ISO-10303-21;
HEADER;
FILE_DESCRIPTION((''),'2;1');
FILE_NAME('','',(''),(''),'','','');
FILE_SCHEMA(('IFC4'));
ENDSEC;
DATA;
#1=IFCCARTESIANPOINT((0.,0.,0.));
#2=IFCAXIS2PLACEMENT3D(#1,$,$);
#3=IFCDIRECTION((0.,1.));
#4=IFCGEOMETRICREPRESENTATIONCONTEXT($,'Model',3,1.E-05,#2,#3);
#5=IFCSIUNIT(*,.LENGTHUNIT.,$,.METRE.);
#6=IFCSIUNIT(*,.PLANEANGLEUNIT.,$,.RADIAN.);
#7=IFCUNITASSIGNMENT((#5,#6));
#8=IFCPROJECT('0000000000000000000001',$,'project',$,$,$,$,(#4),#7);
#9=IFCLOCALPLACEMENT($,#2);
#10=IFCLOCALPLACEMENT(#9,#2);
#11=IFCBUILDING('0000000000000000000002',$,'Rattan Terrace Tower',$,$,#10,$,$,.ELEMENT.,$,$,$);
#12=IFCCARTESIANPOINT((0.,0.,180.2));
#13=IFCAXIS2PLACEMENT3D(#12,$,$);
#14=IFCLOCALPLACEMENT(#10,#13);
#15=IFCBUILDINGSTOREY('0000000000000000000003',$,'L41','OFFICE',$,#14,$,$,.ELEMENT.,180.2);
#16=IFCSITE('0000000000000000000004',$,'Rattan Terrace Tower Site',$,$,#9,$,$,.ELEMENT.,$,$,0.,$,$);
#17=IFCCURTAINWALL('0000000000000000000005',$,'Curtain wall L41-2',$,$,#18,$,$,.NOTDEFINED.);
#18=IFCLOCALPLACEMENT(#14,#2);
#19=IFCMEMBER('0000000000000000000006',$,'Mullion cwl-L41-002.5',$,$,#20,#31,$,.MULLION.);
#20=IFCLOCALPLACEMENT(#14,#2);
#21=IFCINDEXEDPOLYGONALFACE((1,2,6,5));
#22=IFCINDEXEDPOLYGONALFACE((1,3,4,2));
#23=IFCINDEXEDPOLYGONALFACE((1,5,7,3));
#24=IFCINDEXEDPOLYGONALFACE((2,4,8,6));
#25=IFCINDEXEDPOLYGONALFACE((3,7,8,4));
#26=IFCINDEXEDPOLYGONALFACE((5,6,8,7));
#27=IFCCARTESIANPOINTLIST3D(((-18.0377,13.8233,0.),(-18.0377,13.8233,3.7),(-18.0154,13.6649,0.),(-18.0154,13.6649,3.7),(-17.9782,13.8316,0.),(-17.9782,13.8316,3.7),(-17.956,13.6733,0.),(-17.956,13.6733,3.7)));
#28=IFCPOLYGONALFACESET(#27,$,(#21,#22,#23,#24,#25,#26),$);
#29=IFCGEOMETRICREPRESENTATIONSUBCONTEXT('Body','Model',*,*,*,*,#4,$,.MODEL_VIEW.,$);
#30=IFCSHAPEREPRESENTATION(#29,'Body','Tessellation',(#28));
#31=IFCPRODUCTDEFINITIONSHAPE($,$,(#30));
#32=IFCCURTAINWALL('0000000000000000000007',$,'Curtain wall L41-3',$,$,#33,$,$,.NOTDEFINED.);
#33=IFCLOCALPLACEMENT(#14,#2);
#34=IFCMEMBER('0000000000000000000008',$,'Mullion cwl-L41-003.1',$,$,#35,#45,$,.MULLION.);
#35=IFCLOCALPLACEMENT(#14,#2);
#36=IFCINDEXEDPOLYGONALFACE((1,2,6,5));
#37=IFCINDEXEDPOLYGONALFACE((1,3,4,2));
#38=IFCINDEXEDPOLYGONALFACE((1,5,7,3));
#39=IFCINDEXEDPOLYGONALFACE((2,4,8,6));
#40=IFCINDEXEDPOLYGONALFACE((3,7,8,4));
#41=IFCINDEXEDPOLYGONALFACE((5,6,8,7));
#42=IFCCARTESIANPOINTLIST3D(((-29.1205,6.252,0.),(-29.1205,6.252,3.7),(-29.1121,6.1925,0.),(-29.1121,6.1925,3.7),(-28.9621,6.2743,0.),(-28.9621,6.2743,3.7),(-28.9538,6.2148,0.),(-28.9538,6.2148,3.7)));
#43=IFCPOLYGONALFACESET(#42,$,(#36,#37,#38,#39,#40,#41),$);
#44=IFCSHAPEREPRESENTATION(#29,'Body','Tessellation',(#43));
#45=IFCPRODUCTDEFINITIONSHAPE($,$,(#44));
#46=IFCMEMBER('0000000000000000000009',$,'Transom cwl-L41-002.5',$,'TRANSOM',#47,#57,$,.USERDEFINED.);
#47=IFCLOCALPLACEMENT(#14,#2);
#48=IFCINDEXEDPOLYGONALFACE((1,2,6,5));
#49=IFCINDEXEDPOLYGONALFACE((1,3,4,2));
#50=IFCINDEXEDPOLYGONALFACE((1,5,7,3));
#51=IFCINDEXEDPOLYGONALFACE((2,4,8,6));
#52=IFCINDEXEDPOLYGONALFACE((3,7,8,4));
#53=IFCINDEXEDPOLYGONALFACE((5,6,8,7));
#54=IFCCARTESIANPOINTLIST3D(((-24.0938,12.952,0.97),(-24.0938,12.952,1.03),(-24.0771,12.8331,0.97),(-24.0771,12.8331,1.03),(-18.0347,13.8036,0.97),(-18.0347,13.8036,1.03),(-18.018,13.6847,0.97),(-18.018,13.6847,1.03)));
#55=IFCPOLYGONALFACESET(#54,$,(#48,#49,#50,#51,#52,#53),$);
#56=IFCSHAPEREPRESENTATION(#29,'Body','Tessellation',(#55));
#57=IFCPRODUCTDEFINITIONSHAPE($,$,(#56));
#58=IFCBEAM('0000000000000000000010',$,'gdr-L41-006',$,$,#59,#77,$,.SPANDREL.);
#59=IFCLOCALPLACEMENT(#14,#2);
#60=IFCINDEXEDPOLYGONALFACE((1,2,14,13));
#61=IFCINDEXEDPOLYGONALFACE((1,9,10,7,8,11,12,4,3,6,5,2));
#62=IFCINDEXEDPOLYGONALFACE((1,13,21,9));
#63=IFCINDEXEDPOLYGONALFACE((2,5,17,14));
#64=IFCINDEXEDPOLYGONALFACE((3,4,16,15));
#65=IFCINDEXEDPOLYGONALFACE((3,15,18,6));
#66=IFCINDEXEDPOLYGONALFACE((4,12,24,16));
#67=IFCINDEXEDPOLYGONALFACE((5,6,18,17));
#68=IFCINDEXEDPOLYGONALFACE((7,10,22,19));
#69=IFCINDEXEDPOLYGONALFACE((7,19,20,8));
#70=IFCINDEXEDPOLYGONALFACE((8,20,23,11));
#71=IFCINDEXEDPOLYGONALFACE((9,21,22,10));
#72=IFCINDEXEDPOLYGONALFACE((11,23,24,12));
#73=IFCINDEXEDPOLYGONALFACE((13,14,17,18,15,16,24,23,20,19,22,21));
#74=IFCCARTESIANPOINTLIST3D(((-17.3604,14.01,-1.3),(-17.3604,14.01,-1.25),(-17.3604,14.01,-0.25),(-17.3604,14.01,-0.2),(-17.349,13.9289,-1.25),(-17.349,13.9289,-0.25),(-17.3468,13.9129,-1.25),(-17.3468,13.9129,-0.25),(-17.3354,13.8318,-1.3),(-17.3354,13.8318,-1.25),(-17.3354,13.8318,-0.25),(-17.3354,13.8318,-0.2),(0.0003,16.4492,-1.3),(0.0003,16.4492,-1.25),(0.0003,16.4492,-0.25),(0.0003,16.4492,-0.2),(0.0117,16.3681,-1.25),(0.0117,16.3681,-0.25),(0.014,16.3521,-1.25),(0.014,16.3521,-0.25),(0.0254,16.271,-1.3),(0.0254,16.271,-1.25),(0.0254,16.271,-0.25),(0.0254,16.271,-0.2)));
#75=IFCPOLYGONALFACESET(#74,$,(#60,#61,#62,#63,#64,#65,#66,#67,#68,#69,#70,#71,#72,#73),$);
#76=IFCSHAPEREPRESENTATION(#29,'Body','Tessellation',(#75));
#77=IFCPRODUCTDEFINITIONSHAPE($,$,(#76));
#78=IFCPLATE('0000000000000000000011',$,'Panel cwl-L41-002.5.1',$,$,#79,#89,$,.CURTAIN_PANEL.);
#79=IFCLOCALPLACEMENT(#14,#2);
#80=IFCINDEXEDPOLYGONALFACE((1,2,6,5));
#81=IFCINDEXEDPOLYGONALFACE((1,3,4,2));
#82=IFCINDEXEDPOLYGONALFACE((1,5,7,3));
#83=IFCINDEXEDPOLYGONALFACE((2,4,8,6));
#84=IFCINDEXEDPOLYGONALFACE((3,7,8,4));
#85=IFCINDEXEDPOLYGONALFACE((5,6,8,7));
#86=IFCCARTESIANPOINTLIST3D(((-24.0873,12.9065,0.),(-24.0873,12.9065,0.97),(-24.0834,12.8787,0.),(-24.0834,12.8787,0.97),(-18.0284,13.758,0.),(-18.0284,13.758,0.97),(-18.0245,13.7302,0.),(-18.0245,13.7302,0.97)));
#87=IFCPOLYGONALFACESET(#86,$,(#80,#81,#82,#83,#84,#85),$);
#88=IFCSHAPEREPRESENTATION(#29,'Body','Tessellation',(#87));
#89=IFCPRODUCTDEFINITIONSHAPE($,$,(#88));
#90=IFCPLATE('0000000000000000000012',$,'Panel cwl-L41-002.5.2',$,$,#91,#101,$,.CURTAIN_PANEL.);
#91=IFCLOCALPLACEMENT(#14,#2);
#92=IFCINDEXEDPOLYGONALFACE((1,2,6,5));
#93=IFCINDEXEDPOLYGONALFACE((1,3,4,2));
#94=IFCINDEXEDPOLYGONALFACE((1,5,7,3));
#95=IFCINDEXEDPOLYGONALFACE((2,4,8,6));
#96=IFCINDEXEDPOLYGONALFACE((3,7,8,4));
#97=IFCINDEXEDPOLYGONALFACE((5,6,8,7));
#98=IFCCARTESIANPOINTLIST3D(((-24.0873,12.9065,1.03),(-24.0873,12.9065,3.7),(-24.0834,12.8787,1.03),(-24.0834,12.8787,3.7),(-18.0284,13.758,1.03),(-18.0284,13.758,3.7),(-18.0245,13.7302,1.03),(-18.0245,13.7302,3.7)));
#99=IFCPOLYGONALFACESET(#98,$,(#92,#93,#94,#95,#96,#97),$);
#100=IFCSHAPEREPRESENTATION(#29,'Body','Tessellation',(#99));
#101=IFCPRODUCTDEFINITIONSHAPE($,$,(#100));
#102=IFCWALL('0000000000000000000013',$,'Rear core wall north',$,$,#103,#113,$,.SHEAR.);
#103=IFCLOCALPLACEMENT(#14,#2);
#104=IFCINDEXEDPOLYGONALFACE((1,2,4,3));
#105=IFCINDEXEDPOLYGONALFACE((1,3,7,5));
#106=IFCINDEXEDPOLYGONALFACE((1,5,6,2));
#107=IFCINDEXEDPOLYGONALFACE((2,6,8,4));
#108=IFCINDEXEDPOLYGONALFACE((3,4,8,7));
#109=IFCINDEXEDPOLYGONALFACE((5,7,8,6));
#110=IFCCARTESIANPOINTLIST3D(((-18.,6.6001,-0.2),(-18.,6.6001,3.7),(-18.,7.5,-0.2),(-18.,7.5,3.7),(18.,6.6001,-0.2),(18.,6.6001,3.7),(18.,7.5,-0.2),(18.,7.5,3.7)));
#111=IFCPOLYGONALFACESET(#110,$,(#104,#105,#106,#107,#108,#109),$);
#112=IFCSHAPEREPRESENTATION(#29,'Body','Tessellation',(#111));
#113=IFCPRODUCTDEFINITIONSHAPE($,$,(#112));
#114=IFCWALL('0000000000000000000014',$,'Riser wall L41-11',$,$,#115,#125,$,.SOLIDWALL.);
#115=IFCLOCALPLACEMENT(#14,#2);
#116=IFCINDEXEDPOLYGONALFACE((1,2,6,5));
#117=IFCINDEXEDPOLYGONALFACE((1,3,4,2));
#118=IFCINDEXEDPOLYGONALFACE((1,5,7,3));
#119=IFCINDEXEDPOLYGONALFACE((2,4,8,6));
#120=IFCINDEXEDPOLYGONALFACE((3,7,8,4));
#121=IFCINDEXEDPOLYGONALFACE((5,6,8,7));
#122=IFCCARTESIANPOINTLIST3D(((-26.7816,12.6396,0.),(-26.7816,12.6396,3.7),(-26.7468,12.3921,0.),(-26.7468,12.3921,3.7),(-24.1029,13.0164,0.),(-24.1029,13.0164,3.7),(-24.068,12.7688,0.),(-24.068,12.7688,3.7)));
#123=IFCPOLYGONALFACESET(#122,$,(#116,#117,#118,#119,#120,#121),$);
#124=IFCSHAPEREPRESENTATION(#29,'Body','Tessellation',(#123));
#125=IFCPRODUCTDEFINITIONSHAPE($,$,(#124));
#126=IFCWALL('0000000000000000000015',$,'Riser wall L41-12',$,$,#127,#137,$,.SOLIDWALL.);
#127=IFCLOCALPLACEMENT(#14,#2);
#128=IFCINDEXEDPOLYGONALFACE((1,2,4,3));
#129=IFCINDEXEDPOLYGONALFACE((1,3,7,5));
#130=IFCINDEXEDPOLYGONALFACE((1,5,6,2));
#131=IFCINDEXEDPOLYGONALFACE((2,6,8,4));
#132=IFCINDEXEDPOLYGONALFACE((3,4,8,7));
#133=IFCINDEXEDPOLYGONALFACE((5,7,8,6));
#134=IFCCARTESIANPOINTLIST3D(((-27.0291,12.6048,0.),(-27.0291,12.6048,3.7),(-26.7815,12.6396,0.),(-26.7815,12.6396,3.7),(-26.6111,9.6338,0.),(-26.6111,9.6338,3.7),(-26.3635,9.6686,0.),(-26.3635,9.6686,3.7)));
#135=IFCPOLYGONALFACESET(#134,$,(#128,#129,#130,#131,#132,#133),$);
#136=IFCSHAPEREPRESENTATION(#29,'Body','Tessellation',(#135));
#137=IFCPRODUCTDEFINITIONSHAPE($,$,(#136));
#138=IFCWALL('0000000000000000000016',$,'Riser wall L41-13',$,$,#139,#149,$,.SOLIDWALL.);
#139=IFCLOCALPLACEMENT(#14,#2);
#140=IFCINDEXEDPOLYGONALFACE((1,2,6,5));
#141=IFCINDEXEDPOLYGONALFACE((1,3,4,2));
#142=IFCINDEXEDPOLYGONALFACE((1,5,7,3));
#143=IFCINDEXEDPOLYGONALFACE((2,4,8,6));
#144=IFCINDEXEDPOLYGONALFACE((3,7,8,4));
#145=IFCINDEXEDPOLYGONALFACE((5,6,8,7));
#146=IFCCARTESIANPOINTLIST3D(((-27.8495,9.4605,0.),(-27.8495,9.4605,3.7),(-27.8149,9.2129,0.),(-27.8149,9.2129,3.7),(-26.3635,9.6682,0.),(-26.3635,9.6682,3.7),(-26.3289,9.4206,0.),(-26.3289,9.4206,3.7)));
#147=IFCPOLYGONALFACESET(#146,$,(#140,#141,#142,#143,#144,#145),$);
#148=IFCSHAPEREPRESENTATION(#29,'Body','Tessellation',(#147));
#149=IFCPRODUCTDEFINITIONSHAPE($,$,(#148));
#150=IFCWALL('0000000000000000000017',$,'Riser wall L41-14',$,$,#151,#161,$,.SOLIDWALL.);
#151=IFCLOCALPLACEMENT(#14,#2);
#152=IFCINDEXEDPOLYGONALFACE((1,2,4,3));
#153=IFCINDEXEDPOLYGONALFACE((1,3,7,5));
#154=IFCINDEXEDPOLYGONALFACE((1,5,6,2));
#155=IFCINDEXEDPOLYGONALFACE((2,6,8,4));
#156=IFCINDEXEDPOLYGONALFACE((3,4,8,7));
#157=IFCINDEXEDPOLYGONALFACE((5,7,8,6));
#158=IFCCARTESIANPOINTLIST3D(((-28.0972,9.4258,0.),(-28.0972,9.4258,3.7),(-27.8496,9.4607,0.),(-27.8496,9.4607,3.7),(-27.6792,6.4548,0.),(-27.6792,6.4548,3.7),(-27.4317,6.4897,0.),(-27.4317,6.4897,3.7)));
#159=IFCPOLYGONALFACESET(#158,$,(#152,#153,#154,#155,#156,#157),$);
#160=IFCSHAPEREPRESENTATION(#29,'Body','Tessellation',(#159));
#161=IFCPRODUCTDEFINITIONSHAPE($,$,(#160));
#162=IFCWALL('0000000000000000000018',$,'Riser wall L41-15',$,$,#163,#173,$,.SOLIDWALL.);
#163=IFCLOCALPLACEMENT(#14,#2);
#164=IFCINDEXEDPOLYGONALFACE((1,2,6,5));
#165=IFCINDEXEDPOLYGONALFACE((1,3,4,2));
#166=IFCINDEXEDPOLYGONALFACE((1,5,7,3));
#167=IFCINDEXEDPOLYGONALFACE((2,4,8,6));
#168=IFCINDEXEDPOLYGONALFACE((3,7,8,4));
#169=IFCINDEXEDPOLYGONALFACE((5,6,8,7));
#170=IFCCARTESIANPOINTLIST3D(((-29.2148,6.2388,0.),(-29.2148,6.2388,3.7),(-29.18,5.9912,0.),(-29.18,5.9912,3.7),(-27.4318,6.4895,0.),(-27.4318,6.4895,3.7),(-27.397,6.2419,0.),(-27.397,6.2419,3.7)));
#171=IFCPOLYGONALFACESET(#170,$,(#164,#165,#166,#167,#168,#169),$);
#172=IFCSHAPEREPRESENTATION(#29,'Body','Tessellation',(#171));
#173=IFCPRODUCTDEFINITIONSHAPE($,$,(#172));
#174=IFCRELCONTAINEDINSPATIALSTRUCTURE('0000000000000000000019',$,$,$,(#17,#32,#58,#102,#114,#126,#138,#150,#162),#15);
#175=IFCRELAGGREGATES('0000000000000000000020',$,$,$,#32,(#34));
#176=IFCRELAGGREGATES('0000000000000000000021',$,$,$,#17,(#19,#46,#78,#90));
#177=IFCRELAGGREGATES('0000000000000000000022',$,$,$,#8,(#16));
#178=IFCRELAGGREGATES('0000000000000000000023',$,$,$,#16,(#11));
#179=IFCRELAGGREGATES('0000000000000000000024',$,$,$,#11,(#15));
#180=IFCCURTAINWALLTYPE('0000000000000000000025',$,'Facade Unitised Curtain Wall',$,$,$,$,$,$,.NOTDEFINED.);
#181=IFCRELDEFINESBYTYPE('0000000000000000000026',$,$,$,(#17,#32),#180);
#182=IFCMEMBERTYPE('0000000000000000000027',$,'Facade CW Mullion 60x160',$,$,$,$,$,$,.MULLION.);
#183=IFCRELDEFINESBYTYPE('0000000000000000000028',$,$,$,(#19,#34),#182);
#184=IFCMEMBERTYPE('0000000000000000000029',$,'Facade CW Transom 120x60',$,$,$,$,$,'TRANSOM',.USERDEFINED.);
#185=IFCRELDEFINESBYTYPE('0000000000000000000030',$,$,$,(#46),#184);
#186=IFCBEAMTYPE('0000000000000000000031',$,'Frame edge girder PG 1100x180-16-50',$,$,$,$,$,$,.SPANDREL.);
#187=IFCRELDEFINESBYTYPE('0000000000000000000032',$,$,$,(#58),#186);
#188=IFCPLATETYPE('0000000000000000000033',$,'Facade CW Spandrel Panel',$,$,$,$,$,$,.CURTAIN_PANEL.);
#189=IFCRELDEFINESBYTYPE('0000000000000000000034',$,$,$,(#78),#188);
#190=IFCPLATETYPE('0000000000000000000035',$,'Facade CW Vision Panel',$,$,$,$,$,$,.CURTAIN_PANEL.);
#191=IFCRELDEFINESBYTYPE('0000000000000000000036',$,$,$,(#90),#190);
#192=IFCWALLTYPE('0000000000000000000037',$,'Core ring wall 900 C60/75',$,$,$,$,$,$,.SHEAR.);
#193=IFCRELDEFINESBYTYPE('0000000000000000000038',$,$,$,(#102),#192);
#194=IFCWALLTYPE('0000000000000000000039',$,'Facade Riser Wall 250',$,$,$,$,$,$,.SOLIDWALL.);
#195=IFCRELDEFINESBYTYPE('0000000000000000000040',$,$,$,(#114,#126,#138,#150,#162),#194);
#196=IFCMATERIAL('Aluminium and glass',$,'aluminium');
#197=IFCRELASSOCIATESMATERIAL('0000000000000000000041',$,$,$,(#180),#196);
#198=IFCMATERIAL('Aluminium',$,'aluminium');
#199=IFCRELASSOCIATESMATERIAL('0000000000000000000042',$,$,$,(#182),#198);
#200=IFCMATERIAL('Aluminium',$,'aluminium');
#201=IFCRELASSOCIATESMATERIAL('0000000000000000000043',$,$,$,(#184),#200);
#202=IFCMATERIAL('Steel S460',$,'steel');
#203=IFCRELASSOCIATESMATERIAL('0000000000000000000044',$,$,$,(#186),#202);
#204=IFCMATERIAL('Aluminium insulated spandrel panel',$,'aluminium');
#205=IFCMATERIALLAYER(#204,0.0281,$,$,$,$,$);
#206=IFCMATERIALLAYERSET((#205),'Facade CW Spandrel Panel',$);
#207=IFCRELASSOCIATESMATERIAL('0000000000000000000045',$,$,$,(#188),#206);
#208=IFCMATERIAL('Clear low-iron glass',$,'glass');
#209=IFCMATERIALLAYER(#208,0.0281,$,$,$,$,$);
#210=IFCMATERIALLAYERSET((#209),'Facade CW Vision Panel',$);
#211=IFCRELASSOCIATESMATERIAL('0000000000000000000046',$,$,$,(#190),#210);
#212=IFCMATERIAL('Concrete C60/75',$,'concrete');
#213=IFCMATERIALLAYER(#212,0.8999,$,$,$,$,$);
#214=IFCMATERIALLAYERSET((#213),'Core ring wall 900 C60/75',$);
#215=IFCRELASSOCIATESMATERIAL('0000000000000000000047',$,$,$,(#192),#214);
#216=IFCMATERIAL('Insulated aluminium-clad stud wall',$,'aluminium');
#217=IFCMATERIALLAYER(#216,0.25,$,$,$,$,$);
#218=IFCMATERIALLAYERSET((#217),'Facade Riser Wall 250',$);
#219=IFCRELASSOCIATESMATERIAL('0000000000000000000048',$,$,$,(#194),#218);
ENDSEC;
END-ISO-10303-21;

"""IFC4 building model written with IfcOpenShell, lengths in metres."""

from ifc_helpers import new_model, si_unit, direction, frame, frame_2d, origin, origin_2d, place, context, subcontext, project, spatial, rectangle, i_section, extrude, material, layer, layer_set, material_profile, profile_set, type_object, element, aggregate, save


model = new_model("IFC4")

# Units and contexts
model_context = context("Model", 3, precision=1e-05, world=origin(), true_north=direction((0.0, 1.0)))
body_context = subcontext(model_context, "Body", "Model", "MODEL_VIEW")
ifc_project = project(units=[si_unit("LENGTHUNIT", "METRE"), si_unit("PLANEANGLEUNIT", "RADIAN")], contexts=[model_context])

# Site, building, storey
site_placement = place(None, origin())
site = spatial("IfcSite", under=ifc_project, at=site_placement, Name="Rattan Terrace Tower Site", CompositionType="ELEMENT", RefElevation=0.0)
building_placement = place(site_placement, origin())
building = spatial("IfcBuilding", under=site, at=building_placement, Name="Rattan Terrace Tower", CompositionType="ELEMENT")
storey_placement = place(building_placement, frame((0.0, 0.0, 180.2)))
storey = spatial("IfcBuildingStorey", under=building, at=storey_placement, Name="L41", Description="OFFICE", CompositionType="ELEMENT", Elevation=180.2)

# Curtain walls, members
ifc_material_1 = material(Name="Aluminium and glass", Category="aluminium")
curtain_wall_type = type_object("IfcCurtainWallType", Name="Facade Unitised Curtain Wall", PredefinedType="NOTDEFINED", material=ifc_material_1)
curtain_wall_1_placement = place(storey_placement, origin())
curtain_wall_1 = element("IfcCurtainWall", 1, at=curtain_wall_1_placement, inside=storey, type_object=curtain_wall_type, Name="Curtain wall L41-2", PredefinedType="NOTDEFINED")
ifc_material_2 = material(Name="Aluminium", Category="aluminium")
ifc_material_profile_1 = material_profile(ifc_material_2, rectangle(XDim=0.0601, YDim=0.1599, at=origin_2d()), Name="Aluminium 60x160")
ifc_profile_set_1 = profile_set([ifc_material_profile_1], Name="Aluminium")
member_type_1 = type_object("IfcMemberType", Name="Facade CW Mullion 60x160", PredefinedType="MULLION", material=ifc_profile_set_1)
member_1_placement = place(storey_placement, frame((-17.9968, 13.7483, 0.0), z_axis=(0.0, 0.0, 1.0), x_axis=(-0.99027, -0.139161, 0.0)))
member_1 = element("IfcMember", 2, at=member_1_placement, type_object=member_type_1, Name="Mullion cwl-L41-002.5", PredefinedType="MULLION", context=body_context, shape_type="SweptSolid", body=[
    extrude(rectangle(XDim=0.0601, YDim=0.1599, at=origin_2d()), origin(), (0.0, 0.0, 1.0), 3.7),
])
curtain_wall_2_placement = place(storey_placement, origin())
curtain_wall_2 = element("IfcCurtainWall", 3, at=curtain_wall_2_placement, inside=storey, type_object=curtain_wall_type, Name="Curtain wall L41-3", PredefinedType="NOTDEFINED")
member_2_placement = place(storey_placement, frame((-29.0371, 6.2334, 0.0), z_axis=(0.0, 0.0, 1.0), x_axis=(0.139191, -0.990266, 0.0)))
member_2 = element("IfcMember", 4, at=member_2_placement, type_object=member_type_1, Name="Mullion cwl-L41-003.1", PredefinedType="MULLION", context=body_context, shape_type="SweptSolid", body=[
    extrude(rectangle(XDim=0.0601, YDim=0.1599, at=origin_2d()), origin(), (0.0, 0.0, 1.0), 3.7),
])
aggregate(curtain_wall_2, [member_2])

# Member
ifc_material_3 = material(Name="Aluminium", Category="aluminium")
ifc_material_profile_2 = material_profile(ifc_material_3, rectangle(XDim=0.1201, YDim=0.0601, at=origin_2d()), Name="Aluminium 120x60")
ifc_profile_set_2 = profile_set([ifc_material_profile_2], Name="Aluminium")
member_type_2 = type_object("IfcMemberType", Name="Facade CW Transom 120x60", ElementType="TRANSOM", PredefinedType="USERDEFINED", material=ifc_profile_set_2)
member_3_placement = place(storey_placement, frame((-18.0264, 13.7441, 1.0), z_axis=(-0.990268, -0.139175, 0.0), x_axis=(0.139175, -0.990268, 0.0)))
member_3 = element("IfcMember", 5, at=member_3_placement, type_object=member_type_2, Name="Transom cwl-L41-002.5", ObjectType="TRANSOM", PredefinedType="USERDEFINED", context=body_context, shape_type="SweptSolid", body=[
    extrude(rectangle(XDim=0.1201, YDim=0.0601, at=origin_2d()), origin(), (0.0, 0.0, 1.0), 6.1187),
])

# Beam
ifc_material_4 = material(Name="Steel S460", Category="steel")
ifc_material_profile_3 = material_profile(ifc_material_4, i_section(OverallWidth=0.1799, OverallDepth=1.1001, WebThickness=0.0161, FlangeThickness=0.05, at=origin_2d()), Name="PG 1100x180-16-50")
ifc_profile_set_3 = profile_set([ifc_material_profile_3], Name="Steel S460")
beam_type = type_object("IfcBeamType", Name="Frame edge girder PG 1100x180-16-50", PredefinedType="SPANDREL", material=ifc_profile_set_3)
beam_placement = place(storey_placement, frame((-17.3479, 13.9209, -0.75), z_axis=(0.990274, 0.139134, 0.0), x_axis=(-0.139134, 0.990274, 0.0)))
element("IfcBeam", 6, at=beam_placement, inside=storey, type_object=beam_type, Name="gdr-L41-006", PredefinedType="SPANDREL", context=body_context, shape_type="SweptSolid", body=[
    extrude(i_section(OverallWidth=0.1799, OverallDepth=1.1001, WebThickness=0.0161, FlangeThickness=0.05, at=origin_2d()), origin(), (0.0, 0.0, 1.0), 17.5312),
])

# Plates
ifc_material_5 = material(Name="Aluminium insulated spandrel panel", Category="aluminium")
ifc_layer_1 = layer(ifc_material_5, 0.0281)
ifc_layer_set_1 = layer_set([ifc_layer_1], Name="Facade CW Spandrel Panel")
plate_type_1 = type_object("IfcPlateType", Name="Facade CW Spandrel Panel", PredefinedType="CURTAIN_PANEL", material=ifc_layer_set_1)
plate_1_placement = place(storey_placement, frame((-21.0559, 13.3184, 0.0), z_axis=(0.0, 0.0, 1.0), x_axis=(-0.99027, -0.139161, 0.0)))
plate_1 = element("IfcPlate", 7, at=plate_1_placement, type_object=plate_type_1, Name="Panel cwl-L41-002.5.1", PredefinedType="CURTAIN_PANEL", context=body_context, shape_type="SweptSolid", body=[
    extrude(rectangle(XDim=6.1184, YDim=0.0281, at=origin_2d()), origin(), (0.0, 0.0, 1.0), 0.97),
])
ifc_material_6 = material(Name="Clear low-iron glass", Category="glass")
ifc_layer_2 = layer(ifc_material_6, 0.0281)
ifc_layer_set_2 = layer_set([ifc_layer_2], Name="Facade CW Vision Panel")
plate_type_2 = type_object("IfcPlateType", Name="Facade CW Vision Panel", PredefinedType="CURTAIN_PANEL", material=ifc_layer_set_2)
plate_2_placement = place(storey_placement, frame((-21.0559, 13.3184, 1.03), z_axis=(0.0, 0.0, 1.0), x_axis=(-0.99027, -0.139161, 0.0)))
plate_2 = element("IfcPlate", 8, at=plate_2_placement, type_object=plate_type_2, Name="Panel cwl-L41-002.5.2", PredefinedType="CURTAIN_PANEL", context=body_context, shape_type="SweptSolid", body=[
    extrude(rectangle(XDim=6.1184, YDim=0.0281, at=origin_2d()), origin(), (0.0, 0.0, 1.0), 2.6699),
])
aggregate(curtain_wall_1, [member_1, member_3, plate_1, plate_2])

# Walls
ifc_material_7 = material(Name="Concrete C60/75", Category="concrete")
ifc_layer_3 = layer(ifc_material_7, 0.8999)
ifc_layer_set_3 = layer_set([ifc_layer_3], Name="Core ring wall 900 C60/75")
wall_type_1 = type_object("IfcWallType", Name="Core ring wall 900 C60/75", PredefinedType="SHEAR", material=ifc_layer_set_3)
wall_1_placement = place(storey_placement, frame((-18.0, 7.05, -0.2), z_axis=(0.0, 0.0, 1.0), x_axis=(1.0, 0.0, 0.0)))
element("IfcWall", 9, at=wall_1_placement, inside=storey, type_object=wall_type_1, Name="Rear core wall north", PredefinedType="SHEAR", context=body_context, shape_type="SweptSolid", body=[
    extrude(rectangle(XDim=36.0, YDim=0.8999, at=frame_2d((18.0, 0.0))), origin(), (0.0, 0.0, 1.0), 3.8999),
])
ifc_material_8 = material(Name="Insulated aluminium-clad stud wall", Category="aluminium")
ifc_layer_4 = layer(ifc_material_8, 0.25)
ifc_layer_set_4 = layer_set([ifc_layer_4], Name="Facade Riser Wall 250")
wall_type_2 = type_object("IfcWallType", Name="Facade Riser Wall 250", PredefinedType="SOLIDWALL", material=ifc_layer_set_4)
wall_2_placement = place(storey_placement, frame((-24.0854, 12.8926, 0.0), z_axis=(0.0, 0.0, 1.0), x_axis=(-0.990256, -0.13926, 0.0)))
element("IfcWall", 10, at=wall_2_placement, inside=storey, type_object=wall_type_2, Name="Riser wall L41-11", PredefinedType="SOLIDWALL", context=body_context, shape_type="SweptSolid", body=[
    extrude(rectangle(XDim=2.7051, YDim=0.25, at=frame_2d((1.3525, 0.0))), origin(), (0.0, 0.0, 1.0), 3.7),
])
wall_3_placement = place(storey_placement, frame((-26.9053, 12.6221, 0.0), z_axis=(0.0, 0.0, 1.0), x_axis=(0.139313, -0.990248, 0.0)))
element("IfcWall", 11, at=wall_3_placement, inside=storey, type_object=wall_type_2, Name="Riser wall L41-12", PredefinedType="SOLIDWALL", context=body_context, shape_type="SweptSolid", body=[
    extrude(rectangle(XDim=3.0002, YDim=0.25, at=frame_2d((1.5, 0.0))), origin(), (0.0, 0.0, 1.0), 3.7),
])
wall_4_placement = place(storey_placement, frame((-26.3462, 9.5444, 0.0), z_axis=(0.0, 0.0, 1.0), x_axis=(-0.990368, -0.13846, 0.0)))
element("IfcWall", 12, at=wall_4_placement, inside=storey, type_object=wall_type_2, Name="Riser wall L41-13", PredefinedType="SOLIDWALL", context=body_context, shape_type="SweptSolid", body=[
    extrude(rectangle(XDim=1.5005, YDim=0.25, at=frame_2d((0.7502, 0.0))), origin(), (0.0, 0.0, 1.0), 3.7),
])
wall_5_placement = place(storey_placement, frame((-27.9734, 9.4431, 0.0), z_axis=(0.0, 0.0, 1.0), x_axis=(0.139313, -0.990248, 0.0)))
element("IfcWall", 13, at=wall_5_placement, inside=storey, type_object=wall_type_2, Name="Riser wall L41-14", PredefinedType="SOLIDWALL", context=body_context, shape_type="SweptSolid", body=[
    extrude(rectangle(XDim=3.0002, YDim=0.25, at=frame_2d((1.5, 0.0))), origin(), (0.0, 0.0, 1.0), 3.7),
])
wall_6_placement = place(storey_placement, frame((-27.4143, 6.3657, 0.0), z_axis=(0.0, 0.0, 1.0), x_axis=(-0.990256, -0.139257, 0.0)))
element("IfcWall", 14, at=wall_6_placement, inside=storey, type_object=wall_type_2, Name="Riser wall L41-15", PredefinedType="SOLIDWALL", context=body_context, shape_type="SweptSolid", body=[
    extrude(rectangle(XDim=1.8005, YDim=0.25, at=frame_2d((0.9004, 0.0))), origin(), (0.0, 0.0, 1.0), 3.7),
])

save(model, "model.ifc")
